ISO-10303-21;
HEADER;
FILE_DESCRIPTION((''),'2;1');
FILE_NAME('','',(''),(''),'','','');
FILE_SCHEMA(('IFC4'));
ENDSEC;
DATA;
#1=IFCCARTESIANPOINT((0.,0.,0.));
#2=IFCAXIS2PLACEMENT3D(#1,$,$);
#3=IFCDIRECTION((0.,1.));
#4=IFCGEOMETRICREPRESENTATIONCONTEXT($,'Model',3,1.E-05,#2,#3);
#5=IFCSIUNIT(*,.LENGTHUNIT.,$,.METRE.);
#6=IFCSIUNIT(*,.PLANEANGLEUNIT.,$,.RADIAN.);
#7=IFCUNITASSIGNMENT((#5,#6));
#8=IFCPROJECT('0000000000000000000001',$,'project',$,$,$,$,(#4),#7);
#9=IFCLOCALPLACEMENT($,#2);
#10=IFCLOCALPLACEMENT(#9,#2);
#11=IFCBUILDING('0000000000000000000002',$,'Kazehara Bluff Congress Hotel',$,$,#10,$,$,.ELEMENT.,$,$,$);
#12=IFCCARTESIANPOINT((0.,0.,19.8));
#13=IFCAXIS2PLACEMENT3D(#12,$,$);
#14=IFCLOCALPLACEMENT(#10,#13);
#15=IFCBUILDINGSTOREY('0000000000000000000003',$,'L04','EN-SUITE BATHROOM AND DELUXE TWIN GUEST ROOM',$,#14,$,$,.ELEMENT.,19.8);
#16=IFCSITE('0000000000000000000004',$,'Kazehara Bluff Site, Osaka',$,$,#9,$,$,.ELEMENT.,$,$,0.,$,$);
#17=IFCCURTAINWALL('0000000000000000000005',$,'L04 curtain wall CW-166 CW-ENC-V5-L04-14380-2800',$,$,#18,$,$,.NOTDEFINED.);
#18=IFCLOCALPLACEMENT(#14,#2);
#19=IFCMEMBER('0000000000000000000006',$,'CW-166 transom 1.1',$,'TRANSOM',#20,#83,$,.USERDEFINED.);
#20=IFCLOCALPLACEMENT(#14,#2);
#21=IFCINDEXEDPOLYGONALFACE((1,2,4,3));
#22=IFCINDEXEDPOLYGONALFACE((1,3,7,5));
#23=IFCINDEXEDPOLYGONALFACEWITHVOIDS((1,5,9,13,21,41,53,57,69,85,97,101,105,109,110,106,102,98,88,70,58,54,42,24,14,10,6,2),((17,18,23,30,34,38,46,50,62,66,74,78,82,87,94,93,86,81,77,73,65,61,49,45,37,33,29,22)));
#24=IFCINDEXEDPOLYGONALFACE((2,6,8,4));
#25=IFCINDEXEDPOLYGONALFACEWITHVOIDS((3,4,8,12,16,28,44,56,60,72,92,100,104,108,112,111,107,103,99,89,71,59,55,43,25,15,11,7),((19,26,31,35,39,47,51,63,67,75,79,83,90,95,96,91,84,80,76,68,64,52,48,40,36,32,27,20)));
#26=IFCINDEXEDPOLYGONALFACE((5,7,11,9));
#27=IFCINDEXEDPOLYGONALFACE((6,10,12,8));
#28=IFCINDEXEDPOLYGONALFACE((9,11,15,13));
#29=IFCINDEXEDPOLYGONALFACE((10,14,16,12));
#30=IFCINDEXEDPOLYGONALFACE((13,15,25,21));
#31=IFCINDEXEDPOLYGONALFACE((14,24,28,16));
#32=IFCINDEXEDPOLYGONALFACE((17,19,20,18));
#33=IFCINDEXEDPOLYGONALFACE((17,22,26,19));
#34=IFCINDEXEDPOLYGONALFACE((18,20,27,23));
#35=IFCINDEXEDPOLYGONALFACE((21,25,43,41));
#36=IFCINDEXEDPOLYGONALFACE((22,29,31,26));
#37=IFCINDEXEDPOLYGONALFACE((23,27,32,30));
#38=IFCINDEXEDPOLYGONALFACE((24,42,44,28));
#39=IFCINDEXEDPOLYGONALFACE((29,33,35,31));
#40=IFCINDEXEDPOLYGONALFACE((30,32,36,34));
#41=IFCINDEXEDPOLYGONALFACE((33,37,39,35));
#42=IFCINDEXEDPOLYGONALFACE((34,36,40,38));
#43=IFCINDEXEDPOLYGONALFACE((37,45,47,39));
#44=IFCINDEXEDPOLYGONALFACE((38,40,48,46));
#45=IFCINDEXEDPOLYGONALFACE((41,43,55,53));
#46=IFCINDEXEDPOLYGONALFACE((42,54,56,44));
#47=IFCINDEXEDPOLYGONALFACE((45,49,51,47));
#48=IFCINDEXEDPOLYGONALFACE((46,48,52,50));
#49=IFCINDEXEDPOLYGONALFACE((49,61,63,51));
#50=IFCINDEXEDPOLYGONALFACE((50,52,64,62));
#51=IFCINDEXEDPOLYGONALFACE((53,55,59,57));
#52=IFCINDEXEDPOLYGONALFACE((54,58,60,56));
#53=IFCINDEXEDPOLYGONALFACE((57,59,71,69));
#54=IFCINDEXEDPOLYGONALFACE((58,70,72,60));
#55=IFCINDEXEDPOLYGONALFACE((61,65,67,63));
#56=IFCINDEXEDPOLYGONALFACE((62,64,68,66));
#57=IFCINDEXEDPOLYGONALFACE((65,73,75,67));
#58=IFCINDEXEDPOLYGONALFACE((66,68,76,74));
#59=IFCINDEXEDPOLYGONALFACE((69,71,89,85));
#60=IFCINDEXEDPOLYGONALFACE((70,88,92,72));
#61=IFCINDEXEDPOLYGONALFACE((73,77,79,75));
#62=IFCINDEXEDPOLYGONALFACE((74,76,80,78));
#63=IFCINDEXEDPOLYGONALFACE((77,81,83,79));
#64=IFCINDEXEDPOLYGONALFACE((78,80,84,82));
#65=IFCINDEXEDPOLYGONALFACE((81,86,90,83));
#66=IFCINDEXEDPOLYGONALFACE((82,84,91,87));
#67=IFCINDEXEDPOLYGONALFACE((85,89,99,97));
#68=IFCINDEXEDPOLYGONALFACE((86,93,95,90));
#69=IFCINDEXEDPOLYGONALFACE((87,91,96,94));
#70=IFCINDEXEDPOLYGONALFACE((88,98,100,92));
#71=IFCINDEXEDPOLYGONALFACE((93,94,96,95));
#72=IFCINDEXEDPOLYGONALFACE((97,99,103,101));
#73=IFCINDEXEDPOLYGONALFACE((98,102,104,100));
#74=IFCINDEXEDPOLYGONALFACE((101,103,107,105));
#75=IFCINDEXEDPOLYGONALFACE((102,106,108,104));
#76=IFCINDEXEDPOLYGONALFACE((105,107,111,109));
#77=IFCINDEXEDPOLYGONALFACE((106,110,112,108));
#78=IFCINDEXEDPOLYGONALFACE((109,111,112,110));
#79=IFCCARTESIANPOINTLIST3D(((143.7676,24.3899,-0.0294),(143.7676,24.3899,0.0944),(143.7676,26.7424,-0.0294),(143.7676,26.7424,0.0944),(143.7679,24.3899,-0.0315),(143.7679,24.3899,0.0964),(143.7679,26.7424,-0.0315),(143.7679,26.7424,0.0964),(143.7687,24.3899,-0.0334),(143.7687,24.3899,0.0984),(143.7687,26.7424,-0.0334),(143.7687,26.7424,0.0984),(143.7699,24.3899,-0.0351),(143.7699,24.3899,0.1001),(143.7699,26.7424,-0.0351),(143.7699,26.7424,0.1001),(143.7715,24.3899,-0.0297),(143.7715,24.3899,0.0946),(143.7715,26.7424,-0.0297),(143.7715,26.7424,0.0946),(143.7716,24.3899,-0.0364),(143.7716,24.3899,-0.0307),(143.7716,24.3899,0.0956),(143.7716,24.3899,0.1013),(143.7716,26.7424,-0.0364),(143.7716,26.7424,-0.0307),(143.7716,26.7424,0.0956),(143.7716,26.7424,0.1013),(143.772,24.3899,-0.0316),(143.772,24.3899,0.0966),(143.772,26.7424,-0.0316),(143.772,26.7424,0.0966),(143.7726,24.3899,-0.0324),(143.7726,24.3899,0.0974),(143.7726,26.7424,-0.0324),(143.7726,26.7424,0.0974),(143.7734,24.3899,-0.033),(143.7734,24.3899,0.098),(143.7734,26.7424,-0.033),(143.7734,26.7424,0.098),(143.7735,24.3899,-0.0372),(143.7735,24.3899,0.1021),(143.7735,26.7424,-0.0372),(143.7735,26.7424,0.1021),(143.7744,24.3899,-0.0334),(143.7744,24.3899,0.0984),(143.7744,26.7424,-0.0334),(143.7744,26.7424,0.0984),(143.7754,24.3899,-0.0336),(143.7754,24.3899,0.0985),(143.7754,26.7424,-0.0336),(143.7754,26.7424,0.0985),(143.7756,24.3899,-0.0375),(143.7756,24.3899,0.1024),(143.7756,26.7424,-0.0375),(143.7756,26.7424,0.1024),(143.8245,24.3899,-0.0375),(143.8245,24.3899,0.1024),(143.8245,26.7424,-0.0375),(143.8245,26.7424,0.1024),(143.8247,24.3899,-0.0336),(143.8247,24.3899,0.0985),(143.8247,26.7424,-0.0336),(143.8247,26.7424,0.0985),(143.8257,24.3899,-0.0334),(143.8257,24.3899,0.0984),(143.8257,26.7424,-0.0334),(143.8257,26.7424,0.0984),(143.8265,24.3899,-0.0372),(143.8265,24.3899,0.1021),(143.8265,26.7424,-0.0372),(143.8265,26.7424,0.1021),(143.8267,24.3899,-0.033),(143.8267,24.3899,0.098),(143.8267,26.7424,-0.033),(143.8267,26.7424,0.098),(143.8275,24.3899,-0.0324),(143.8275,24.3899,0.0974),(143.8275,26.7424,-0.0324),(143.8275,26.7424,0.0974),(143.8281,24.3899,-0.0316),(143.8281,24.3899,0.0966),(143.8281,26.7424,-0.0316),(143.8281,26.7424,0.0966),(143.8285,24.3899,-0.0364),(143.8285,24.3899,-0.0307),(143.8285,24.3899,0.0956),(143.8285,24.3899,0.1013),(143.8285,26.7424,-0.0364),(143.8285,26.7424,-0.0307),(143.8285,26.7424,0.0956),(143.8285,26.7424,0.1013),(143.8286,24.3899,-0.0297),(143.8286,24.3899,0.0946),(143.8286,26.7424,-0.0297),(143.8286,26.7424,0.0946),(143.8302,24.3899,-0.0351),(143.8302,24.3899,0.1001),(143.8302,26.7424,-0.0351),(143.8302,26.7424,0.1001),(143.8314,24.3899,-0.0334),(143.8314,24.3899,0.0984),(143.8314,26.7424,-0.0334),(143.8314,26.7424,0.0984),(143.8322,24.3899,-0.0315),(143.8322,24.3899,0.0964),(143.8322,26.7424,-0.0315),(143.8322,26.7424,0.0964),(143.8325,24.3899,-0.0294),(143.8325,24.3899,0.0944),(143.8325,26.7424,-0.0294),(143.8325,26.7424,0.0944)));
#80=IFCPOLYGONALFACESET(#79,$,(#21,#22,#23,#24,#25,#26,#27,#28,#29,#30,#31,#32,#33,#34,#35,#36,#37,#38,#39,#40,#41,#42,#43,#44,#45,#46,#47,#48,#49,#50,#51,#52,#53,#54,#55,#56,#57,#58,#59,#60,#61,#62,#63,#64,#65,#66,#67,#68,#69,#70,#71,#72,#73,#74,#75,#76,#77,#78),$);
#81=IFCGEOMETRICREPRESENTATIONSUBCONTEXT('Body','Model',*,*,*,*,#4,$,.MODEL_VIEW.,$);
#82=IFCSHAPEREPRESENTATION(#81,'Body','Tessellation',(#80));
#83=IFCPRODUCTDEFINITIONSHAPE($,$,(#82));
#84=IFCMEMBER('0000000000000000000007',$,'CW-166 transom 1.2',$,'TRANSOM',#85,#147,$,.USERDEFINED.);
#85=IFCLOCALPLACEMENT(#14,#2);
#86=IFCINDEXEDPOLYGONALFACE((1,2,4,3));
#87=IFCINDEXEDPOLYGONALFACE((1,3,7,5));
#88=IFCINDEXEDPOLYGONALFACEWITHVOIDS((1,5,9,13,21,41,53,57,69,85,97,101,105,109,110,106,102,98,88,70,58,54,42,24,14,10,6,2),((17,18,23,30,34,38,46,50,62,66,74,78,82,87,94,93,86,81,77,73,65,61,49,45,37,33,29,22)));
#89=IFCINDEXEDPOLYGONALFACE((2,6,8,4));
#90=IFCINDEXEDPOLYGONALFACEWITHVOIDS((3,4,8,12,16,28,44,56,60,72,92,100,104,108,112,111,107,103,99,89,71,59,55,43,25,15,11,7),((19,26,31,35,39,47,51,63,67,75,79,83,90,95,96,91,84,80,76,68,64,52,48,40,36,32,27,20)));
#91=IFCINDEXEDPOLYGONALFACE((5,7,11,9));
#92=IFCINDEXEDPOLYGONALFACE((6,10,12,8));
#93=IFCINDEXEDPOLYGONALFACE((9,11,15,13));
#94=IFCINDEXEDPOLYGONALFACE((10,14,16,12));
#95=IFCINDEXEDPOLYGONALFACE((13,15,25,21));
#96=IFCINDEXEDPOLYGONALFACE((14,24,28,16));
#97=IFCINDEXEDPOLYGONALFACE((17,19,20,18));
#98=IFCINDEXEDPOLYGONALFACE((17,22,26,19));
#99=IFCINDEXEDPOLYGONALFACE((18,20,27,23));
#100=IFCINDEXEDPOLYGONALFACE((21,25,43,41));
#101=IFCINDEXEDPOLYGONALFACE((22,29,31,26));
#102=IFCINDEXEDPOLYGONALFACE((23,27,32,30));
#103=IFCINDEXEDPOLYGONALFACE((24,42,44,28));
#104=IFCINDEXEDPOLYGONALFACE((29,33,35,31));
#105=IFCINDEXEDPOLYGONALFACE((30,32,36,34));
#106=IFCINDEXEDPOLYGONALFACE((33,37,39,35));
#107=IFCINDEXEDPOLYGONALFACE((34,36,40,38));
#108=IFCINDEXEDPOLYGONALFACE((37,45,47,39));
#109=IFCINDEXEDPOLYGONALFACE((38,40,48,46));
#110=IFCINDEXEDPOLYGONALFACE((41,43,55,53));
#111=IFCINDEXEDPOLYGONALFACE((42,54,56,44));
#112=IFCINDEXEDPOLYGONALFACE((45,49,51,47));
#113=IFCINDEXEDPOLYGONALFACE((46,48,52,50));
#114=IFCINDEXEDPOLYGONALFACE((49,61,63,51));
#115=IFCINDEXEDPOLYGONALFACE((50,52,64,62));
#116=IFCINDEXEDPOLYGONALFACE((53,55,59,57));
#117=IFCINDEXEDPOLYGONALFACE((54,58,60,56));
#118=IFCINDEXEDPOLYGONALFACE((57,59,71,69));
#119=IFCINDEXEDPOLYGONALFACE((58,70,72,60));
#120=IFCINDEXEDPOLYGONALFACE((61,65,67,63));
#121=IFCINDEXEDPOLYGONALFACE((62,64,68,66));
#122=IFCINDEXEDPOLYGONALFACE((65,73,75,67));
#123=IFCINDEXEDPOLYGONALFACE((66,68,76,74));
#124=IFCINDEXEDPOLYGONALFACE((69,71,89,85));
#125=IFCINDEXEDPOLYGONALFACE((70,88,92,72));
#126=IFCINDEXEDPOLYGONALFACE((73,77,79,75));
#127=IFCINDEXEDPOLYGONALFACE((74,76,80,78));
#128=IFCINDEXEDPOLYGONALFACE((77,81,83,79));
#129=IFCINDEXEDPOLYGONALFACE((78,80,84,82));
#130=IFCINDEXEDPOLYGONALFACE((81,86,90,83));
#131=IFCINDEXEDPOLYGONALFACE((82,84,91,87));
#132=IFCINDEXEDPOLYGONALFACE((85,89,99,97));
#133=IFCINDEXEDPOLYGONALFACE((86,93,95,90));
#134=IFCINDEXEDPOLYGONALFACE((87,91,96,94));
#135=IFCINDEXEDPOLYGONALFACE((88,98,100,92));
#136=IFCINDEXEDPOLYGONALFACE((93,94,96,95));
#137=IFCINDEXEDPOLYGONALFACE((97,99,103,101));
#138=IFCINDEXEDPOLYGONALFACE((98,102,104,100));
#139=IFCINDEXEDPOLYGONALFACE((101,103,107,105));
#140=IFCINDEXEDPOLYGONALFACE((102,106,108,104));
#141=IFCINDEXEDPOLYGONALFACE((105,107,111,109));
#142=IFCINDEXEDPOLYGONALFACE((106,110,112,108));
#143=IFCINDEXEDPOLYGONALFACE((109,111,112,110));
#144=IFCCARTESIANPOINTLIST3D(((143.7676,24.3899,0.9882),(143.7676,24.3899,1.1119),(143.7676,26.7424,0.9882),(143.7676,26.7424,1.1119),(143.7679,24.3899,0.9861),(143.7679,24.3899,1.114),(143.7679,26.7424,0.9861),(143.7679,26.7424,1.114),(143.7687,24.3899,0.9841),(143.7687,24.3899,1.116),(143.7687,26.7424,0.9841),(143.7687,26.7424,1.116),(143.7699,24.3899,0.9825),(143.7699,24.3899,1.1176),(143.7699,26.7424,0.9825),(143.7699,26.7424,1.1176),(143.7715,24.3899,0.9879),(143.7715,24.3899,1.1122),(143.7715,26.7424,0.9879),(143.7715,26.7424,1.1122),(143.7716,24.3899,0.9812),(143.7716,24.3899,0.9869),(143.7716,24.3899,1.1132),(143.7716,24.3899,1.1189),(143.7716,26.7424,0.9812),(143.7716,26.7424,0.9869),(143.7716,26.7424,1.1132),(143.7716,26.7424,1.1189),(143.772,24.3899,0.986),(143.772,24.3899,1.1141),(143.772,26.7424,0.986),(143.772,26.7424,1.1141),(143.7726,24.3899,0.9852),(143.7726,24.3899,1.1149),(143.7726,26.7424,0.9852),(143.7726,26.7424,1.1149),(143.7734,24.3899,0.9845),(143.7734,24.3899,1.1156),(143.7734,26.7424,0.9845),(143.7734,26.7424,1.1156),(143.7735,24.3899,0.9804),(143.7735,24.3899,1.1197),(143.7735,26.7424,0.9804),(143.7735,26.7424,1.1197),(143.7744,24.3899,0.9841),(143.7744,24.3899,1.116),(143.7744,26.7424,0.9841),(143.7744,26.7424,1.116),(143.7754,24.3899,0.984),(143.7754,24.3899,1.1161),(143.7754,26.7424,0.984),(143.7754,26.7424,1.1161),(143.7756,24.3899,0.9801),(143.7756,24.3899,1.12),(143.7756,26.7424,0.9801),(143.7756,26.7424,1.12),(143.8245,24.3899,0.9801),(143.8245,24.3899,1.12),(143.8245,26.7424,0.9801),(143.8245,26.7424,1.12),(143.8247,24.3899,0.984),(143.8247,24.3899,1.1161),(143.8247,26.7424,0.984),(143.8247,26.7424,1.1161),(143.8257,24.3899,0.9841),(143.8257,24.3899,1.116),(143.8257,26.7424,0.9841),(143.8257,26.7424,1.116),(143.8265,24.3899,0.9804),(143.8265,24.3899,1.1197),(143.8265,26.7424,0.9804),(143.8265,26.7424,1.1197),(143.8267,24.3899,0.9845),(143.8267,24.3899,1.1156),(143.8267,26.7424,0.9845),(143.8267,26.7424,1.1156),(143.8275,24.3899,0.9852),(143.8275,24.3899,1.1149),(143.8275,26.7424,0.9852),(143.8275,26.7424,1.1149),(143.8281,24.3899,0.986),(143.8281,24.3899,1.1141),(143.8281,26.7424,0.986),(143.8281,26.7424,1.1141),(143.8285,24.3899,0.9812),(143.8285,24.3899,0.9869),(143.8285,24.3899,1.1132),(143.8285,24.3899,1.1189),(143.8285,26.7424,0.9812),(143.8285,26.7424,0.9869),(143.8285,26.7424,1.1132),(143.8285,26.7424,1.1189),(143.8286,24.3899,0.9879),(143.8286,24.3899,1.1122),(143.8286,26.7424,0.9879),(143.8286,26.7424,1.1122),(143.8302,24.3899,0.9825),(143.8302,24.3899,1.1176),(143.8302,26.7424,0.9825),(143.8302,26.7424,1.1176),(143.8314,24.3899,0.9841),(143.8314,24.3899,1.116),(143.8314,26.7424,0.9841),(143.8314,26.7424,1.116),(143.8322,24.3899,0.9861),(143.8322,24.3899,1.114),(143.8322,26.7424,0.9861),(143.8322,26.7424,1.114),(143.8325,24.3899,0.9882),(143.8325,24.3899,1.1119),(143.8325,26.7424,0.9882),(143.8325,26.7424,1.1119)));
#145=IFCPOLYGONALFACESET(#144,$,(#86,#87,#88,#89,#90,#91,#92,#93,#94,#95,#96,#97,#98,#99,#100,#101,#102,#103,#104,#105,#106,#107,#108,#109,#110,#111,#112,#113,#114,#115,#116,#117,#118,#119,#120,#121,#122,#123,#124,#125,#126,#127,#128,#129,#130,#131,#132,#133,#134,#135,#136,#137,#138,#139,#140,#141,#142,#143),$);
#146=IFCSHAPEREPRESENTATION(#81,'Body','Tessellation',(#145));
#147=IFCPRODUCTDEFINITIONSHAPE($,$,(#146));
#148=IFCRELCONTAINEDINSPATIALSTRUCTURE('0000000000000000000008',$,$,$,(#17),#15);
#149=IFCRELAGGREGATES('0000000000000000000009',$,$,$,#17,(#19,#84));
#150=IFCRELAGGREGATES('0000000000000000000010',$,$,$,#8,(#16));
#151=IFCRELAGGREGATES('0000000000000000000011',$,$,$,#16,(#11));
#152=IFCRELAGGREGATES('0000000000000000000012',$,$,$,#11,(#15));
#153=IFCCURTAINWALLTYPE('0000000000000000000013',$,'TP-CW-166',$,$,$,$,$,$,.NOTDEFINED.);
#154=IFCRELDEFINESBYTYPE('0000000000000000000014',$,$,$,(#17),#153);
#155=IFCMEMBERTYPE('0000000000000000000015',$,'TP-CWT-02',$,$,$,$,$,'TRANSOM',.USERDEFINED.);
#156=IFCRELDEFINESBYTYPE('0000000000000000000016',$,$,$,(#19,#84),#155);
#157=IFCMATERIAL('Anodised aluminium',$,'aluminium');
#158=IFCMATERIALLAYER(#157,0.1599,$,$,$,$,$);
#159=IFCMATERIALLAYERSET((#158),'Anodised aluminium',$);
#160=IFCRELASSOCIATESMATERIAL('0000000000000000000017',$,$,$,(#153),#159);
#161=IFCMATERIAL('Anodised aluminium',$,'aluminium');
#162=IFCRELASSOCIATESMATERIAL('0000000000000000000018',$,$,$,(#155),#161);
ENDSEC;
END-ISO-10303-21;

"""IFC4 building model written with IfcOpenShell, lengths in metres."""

from ifc_helpers import new_model, si_unit, direction, frame, origin, origin_2d, place, context, subcontext, project, spatial, hollow_rectangle, extrude, material, layer, layer_set, material_profile, profile_set, type_object, element, aggregate, save


model = new_model("IFC4")

# Units and contexts
model_context = context("Model", 3, precision=1e-05, world=origin(), true_north=direction((0.0, 1.0)))
body_context = subcontext(model_context, "Body", "Model", "MODEL_VIEW")
ifc_project = project(units=[si_unit("LENGTHUNIT", "METRE"), si_unit("PLANEANGLEUNIT", "RADIAN")], contexts=[model_context])

# Site, building, storey
site_placement = place(None, origin())
site = spatial("IfcSite", under=ifc_project, at=site_placement, Name="Kazehara Bluff Site, Osaka", CompositionType="ELEMENT", RefElevation=0.0)
building_placement = place(site_placement, origin())
building = spatial("IfcBuilding", under=site, at=building_placement, Name="Kazehara Bluff Congress Hotel", CompositionType="ELEMENT")
storey_placement = place(building_placement, frame((0.0, 0.0, 19.8)))
storey = spatial("IfcBuildingStorey", under=building, at=storey_placement, Name="L04", Description="EN-SUITE BATHROOM AND DELUXE TWIN GUEST ROOM", CompositionType="ELEMENT", Elevation=19.8)

# Curtain wall
ifc_material_1 = material(Name="Anodised aluminium", Category="aluminium")
ifc_layer_1 = layer(ifc_material_1, 0.1599)
ifc_layer_set_1 = layer_set([ifc_layer_1], Name="Anodised aluminium")
curtain_wall_type_1 = type_object("IfcCurtainWallType", Name="TP-CW-166", PredefinedType="NOTDEFINED", material=ifc_layer_set_1)
curtain_wall_1_placement = place(storey_placement, origin())
curtain_wall_1 = element("IfcCurtainWall", 1, at=curtain_wall_1_placement, inside=storey, type_object=curtain_wall_type_1, Name="L04 curtain wall CW-166 CW-ENC-V5-L04-14380-2800", PredefinedType="NOTDEFINED")

# Members
ifc_material_2 = material(Name="Anodised aluminium", Category="aluminium")
ifc_material_profile_1 = material_profile(ifc_material_2, hollow_rectangle(XDim=0.0649, YDim=0.1399, WallThickness=0.0039, InnerFilletRadius=0.0039, OuterFilletRadius=0.0081, at=origin_2d()))
ifc_profile_set_1 = profile_set([ifc_material_profile_1], Name="Anodised aluminium")
member_type_1 = type_object("IfcMemberType", Name="TP-CWT-02", ElementType="TRANSOM", PredefinedType="USERDEFINED", material=ifc_profile_set_1)
member_1_placement = place(storey_placement, frame((143.8, 24.3899, 0.0325), z_axis=(0.0, 1.0, 0.0), x_axis=(-1.0, 0.0, 0.0)))
member_1 = element("IfcMember", 2, at=member_1_placement, type_object=member_type_1, Name="CW-166 transom 1.1", ObjectType="TRANSOM", PredefinedType="USERDEFINED", context=body_context, shape_type="SweptSolid", body=[
    extrude(hollow_rectangle(XDim=0.0649, YDim=0.1399, WallThickness=0.0039, InnerFilletRadius=0.0039, OuterFilletRadius=0.0081, at=origin_2d()), origin(), (0.0, 0.0, 1.0), 2.3525),
])
member_2_placement = place(storey_placement, frame((143.8, 24.3899, 1.05), z_axis=(0.0, 1.0, 0.0), x_axis=(-1.0, 0.0, 0.0)))
member_2 = element("IfcMember", 3, at=member_2_placement, type_object=member_type_1, Name="CW-166 transom 1.2", ObjectType="TRANSOM", PredefinedType="USERDEFINED", context=body_context, shape_type="SweptSolid", body=[
    extrude(hollow_rectangle(XDim=0.0649, YDim=0.1399, WallThickness=0.0039, InnerFilletRadius=0.0039, OuterFilletRadius=0.0081, at=origin_2d()), origin(), (0.0, 0.0, 1.0), 2.3525),
])
aggregate(curtain_wall_1, [member_1, member_2])

save(model, "model.ifc")
